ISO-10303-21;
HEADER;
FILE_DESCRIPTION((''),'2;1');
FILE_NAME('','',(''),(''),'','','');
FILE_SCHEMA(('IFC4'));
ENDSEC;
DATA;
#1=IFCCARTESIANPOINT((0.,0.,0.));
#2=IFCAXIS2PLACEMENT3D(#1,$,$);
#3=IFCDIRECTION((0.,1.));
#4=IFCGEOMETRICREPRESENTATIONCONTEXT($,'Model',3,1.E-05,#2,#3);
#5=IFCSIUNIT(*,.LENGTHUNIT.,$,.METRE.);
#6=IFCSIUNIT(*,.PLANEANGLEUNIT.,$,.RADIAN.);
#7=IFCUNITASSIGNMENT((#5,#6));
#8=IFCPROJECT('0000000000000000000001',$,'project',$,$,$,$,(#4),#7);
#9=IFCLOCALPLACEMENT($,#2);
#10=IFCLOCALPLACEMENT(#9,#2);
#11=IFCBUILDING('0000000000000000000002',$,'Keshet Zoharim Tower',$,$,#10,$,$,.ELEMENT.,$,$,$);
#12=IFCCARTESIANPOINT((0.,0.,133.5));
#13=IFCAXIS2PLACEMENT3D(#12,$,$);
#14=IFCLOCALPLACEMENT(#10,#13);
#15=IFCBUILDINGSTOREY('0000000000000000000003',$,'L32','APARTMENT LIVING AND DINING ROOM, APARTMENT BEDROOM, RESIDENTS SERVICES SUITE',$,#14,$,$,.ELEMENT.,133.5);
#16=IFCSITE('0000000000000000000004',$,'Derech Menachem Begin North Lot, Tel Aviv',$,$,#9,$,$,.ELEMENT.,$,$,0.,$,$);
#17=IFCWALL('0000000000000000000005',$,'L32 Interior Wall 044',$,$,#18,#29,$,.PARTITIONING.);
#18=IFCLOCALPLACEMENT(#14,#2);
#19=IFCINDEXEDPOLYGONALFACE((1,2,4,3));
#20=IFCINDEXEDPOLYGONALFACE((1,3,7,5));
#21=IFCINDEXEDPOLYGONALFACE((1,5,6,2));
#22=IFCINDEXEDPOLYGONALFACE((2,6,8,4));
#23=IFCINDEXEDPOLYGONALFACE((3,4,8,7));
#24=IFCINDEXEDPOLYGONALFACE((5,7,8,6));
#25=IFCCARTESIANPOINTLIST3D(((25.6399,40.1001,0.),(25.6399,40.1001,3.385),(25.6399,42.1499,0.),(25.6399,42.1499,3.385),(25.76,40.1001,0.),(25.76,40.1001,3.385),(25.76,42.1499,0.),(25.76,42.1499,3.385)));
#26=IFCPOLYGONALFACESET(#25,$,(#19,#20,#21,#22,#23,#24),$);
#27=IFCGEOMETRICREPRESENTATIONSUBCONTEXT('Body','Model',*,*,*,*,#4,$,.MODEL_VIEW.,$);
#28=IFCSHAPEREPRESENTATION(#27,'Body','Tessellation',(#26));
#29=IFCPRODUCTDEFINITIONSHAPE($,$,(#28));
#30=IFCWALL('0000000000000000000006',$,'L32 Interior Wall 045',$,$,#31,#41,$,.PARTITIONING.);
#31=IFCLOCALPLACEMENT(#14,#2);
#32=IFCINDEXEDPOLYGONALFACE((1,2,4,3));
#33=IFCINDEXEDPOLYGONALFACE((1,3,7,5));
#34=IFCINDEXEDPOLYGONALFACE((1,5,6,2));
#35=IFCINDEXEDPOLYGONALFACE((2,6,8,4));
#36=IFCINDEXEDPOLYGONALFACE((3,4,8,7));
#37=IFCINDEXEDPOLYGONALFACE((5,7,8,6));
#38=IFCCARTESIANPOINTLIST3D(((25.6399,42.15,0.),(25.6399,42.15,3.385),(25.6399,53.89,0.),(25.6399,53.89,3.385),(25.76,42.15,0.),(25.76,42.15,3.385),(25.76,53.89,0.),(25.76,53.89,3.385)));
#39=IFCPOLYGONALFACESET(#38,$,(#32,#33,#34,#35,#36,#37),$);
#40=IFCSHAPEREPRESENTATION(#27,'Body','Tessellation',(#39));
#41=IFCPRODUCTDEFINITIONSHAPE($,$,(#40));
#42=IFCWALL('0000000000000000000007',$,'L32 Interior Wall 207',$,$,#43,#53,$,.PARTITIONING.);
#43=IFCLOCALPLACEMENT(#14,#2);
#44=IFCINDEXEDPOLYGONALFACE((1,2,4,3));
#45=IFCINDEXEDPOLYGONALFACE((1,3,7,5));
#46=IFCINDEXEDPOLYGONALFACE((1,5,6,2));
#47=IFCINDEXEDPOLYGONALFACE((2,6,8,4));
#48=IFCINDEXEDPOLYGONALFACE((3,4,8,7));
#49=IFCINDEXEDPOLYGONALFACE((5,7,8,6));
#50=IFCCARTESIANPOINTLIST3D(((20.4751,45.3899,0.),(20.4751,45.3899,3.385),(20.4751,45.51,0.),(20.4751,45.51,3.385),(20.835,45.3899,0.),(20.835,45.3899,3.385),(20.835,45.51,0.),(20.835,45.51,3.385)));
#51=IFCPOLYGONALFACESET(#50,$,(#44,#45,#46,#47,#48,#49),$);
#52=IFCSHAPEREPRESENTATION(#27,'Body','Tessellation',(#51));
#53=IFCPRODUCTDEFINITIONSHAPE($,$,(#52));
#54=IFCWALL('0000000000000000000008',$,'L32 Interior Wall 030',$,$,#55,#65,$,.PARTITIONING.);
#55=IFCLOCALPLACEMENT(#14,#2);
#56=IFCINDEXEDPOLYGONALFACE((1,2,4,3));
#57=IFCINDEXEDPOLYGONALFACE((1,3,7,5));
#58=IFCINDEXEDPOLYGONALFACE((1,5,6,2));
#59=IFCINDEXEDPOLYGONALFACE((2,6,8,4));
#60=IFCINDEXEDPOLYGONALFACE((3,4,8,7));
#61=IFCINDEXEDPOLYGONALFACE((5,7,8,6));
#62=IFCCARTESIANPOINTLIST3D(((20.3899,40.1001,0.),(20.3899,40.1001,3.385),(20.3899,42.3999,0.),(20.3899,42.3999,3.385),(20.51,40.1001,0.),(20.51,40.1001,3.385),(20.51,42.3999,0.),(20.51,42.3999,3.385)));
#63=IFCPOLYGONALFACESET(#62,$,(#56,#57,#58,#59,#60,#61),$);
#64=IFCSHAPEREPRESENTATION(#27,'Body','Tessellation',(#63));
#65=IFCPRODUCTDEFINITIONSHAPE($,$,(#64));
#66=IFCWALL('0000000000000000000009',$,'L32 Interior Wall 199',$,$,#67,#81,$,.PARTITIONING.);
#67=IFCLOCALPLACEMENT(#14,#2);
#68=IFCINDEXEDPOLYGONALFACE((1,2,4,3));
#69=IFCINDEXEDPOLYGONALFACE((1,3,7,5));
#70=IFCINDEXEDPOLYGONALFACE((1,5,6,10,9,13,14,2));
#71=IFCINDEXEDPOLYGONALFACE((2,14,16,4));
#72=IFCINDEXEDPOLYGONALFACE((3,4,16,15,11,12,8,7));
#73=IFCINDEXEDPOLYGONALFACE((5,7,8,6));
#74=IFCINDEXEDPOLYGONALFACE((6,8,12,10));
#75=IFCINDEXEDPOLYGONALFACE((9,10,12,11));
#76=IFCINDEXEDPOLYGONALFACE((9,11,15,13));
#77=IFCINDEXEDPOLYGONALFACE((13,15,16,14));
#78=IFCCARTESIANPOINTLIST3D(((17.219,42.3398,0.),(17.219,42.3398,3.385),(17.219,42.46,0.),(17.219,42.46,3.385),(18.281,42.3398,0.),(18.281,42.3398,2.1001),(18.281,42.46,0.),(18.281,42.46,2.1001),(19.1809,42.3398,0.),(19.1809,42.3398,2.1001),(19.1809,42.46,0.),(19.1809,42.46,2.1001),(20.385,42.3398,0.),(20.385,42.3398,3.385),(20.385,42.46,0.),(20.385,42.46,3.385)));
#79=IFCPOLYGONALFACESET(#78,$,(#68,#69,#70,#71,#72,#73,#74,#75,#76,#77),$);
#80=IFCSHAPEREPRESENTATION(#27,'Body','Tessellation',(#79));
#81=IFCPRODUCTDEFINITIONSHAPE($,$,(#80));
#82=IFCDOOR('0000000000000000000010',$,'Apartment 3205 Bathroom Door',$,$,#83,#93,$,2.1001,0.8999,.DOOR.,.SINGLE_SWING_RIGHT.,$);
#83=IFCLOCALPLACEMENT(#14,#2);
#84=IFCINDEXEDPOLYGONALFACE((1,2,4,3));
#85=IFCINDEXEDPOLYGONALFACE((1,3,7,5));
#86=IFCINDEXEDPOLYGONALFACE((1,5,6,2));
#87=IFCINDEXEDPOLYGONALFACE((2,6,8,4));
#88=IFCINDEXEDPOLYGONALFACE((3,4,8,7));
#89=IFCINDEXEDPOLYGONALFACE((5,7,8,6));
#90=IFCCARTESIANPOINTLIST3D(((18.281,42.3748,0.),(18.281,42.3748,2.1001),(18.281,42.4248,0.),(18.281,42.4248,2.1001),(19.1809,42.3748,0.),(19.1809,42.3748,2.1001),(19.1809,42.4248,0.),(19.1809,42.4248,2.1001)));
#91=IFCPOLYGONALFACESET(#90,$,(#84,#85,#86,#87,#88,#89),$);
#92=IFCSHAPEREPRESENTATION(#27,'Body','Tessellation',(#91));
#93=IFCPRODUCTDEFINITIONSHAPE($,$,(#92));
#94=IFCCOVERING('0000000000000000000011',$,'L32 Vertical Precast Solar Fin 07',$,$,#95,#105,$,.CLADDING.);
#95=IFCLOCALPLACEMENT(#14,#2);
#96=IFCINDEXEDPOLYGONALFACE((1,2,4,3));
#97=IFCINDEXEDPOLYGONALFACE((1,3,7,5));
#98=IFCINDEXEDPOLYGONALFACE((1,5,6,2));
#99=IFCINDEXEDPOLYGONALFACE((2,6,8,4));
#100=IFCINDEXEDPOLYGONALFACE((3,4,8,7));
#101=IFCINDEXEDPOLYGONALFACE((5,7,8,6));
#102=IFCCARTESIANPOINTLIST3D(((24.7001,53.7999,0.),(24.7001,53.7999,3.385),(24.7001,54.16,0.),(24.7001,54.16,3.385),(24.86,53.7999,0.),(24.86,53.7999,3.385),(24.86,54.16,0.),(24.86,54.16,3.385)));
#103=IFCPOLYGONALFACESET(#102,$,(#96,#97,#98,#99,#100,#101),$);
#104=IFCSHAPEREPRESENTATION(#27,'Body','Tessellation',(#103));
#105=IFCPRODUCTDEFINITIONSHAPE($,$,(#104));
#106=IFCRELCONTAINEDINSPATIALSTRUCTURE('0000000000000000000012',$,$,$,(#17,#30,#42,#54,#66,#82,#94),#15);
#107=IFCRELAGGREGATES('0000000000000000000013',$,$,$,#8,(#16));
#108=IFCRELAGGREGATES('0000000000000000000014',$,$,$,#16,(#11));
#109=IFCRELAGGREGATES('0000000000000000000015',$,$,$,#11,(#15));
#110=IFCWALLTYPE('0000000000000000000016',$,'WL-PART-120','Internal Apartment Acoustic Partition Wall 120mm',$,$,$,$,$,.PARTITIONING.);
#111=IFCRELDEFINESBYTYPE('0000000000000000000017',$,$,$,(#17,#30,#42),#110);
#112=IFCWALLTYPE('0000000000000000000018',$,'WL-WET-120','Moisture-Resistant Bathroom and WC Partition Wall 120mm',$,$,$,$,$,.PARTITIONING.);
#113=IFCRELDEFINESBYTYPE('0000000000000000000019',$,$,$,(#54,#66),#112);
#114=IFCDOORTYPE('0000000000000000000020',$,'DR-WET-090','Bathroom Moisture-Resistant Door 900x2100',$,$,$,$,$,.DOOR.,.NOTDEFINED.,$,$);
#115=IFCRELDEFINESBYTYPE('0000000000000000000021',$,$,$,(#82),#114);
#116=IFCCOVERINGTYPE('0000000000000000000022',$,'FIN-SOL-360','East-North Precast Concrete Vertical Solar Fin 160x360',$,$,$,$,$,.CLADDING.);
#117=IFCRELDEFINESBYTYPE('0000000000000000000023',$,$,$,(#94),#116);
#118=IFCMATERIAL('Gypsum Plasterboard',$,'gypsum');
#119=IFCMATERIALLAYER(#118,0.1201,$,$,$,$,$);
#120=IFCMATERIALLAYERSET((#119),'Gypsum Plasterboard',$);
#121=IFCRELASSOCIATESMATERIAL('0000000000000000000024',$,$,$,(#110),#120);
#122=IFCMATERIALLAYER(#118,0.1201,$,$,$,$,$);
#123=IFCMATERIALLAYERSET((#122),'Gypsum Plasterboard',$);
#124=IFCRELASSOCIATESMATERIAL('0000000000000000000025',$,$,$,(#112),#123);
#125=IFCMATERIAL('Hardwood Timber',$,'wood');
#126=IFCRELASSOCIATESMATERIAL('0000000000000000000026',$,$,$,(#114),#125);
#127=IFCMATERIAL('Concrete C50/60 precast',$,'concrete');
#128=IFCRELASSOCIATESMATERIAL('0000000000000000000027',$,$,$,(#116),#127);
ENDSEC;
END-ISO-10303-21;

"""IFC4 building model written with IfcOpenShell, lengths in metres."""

from ifc_helpers import new_model, si_unit, direction, frame, frame_2d, origin, origin_2d, place, context, subcontext, project, spatial, rectangle, extrude, material, layer, layer_set, type_object, element, fill, save


model = new_model("IFC4")

# Units and contexts
model_context = context("Model", 3, precision=1e-05, world=origin(), true_north=direction((0.0, 1.0)))
body_context = subcontext(model_context, "Body", "Model", "MODEL_VIEW")
ifc_project = project(units=[si_unit("LENGTHUNIT", "METRE"), si_unit("PLANEANGLEUNIT", "RADIAN")], contexts=[model_context])

# Site, building, storey
site_placement = place(None, origin())
site = spatial("IfcSite", under=ifc_project, at=site_placement, Name="Derech Menachem Begin North Lot, Tel Aviv", CompositionType="ELEMENT", RefElevation=0.0)
building_placement = place(site_placement, origin())
building = spatial("IfcBuilding", under=site, at=building_placement, Name="Keshet Zoharim Tower", CompositionType="ELEMENT")
storey_placement = place(building_placement, frame((0.0, 0.0, 133.5)))
storey = spatial("IfcBuildingStorey", under=building, at=storey_placement, Name="L32", Description="APARTMENT LIVING AND DINING ROOM, APARTMENT BEDROOM, RESIDENTS SERVICES SUITE", CompositionType="ELEMENT", Elevation=133.5)

# Shared definitions
ifc_material_1 = material(Name="Gypsum Plasterboard", Category="gypsum")

# Shared definitions
ifc_material_2 = material(Name="Hardwood Timber", Category="wood")

# Walls
ifc_layer_1 = layer(ifc_material_1, 0.1201)
ifc_layer_set_1 = layer_set([ifc_layer_1], Name="Gypsum Plasterboard")
wall_type_1 = type_object("IfcWallType", Name="WL-PART-120", Description="Internal Apartment Acoustic Partition Wall 120mm", PredefinedType="PARTITIONING", material=ifc_layer_set_1)
wall_1_placement = place(storey_placement, frame((25.7, 40.1001, 0.0), z_axis=(0.0, 0.0, 1.0), x_axis=(0.0, 1.0, 0.0)))
element("IfcWall", 1, at=wall_1_placement, inside=storey, type_object=wall_type_1, Name="L32 Interior Wall 044", PredefinedType="PARTITIONING", context=body_context, shape_type="SweptSolid", body=[
    extrude(rectangle(XDim=2.0498, YDim=0.1201, at=frame_2d((1.0249, 0.0))), origin(), (0.0, 0.0, 1.0), 3.385),
])
wall_2_placement = place(storey_placement, frame((25.7, 42.1499, 0.0), z_axis=(0.0, 0.0, 1.0), x_axis=(0.0, 1.0, 0.0)))
element("IfcWall", 2, at=wall_2_placement, inside=storey, type_object=wall_type_1, Name="L32 Interior Wall 045", PredefinedType="PARTITIONING", context=body_context, shape_type="SweptSolid", body=[
    extrude(rectangle(XDim=11.74, YDim=0.1201, at=frame_2d((5.8701, 0.0))), origin(), (0.0, 0.0, 1.0), 3.385),
])

# Walls
wall_3_placement = place(storey_placement, frame((20.4751, 45.45, 0.0), z_axis=(0.0, 0.0, 1.0), x_axis=(1.0, 0.0, 0.0)))
element("IfcWall", 3, at=wall_3_placement, inside=storey, type_object=wall_type_1, Name="L32 Interior Wall 207", PredefinedType="PARTITIONING", context=body_context, shape_type="SweptSolid", body=[
    extrude(rectangle(XDim=0.3599, YDim=0.1201, at=frame_2d((0.1799, 0.0))), origin(), (0.0, 0.0, 1.0), 3.385),
])
ifc_layer_2 = layer(ifc_material_1, 0.1201)
ifc_layer_set_2 = layer_set([ifc_layer_2], Name="Gypsum Plasterboard")
wall_type_2 = type_object("IfcWallType", Name="WL-WET-120", Description="Moisture-Resistant Bathroom and WC Partition Wall 120mm", PredefinedType="PARTITIONING", material=ifc_layer_set_2)
wall_4_placement = place(storey_placement, frame((20.45, 40.1001, 0.0), z_axis=(0.0, 0.0, 1.0), x_axis=(0.0, 1.0, 0.0)))
element("IfcWall", 4, at=wall_4_placement, inside=storey, type_object=wall_type_2, Name="L32 Interior Wall 030", PredefinedType="PARTITIONING", context=body_context, shape_type="SweptSolid", body=[
    extrude(rectangle(XDim=2.2998, YDim=0.1201, at=frame_2d((1.1499, 0.0))), origin(), (0.0, 0.0, 1.0), 3.385),
])

# Wall, opening, door
wall_5_placement = place(storey_placement, frame((17.219, 42.3999, 0.0), z_axis=(0.0, 0.0, 1.0), x_axis=(1.0, 0.0, 0.0)))
wall_5 = element("IfcWall", 5, at=wall_5_placement, inside=storey, type_object=wall_type_2, Name="L32 Interior Wall 199", PredefinedType="PARTITIONING", context=body_context, shape_type="SweptSolid", body=[
    extrude(rectangle(XDim=3.166, YDim=0.1201, at=frame_2d((1.583, 0.0))), origin(), (0.0, 0.0, 1.0), 3.385),
])
opening_1_placement = place(wall_5_placement, frame((1.062, 0.0, 0.0)))
opening_1 = element("IfcOpeningElement", 6, at=opening_1_placement, cuts=wall_5, PredefinedType="OPENING", context=body_context, shape_type="SweptSolid", body=[
    extrude(rectangle(XDim=0.8999, YDim=2.1001, at=frame_2d((0.45, 1.05))), frame((0.0, 0.0701, 0.0), z_axis=(0.0, -1.0, 0.0), x_axis=(1.0, 0.0, 0.0)), (0.0, 0.0, 1.0), 0.1401),
])
door_type_1 = type_object("IfcDoorType", Name="DR-WET-090", Description="Bathroom Moisture-Resistant Door 900x2100", OperationType="NOTDEFINED", PredefinedType="DOOR", material=ifc_material_2)
door_1_placement = place(opening_1_placement, origin())
door_1 = element("IfcDoor", 7, at=door_1_placement, inside=storey, type_object=door_type_1, Name="Apartment 3205 Bathroom Door", OperationType="SINGLE_SWING_RIGHT", OverallHeight=2.1001, OverallWidth=0.8999, PredefinedType="DOOR", context=body_context, shape_type="SweptSolid", body=[
    extrude(rectangle(XDim=0.8999, YDim=2.1001, at=frame_2d((0.45, 1.05))), frame((0.0, 0.0249, 0.0), z_axis=(0.0, -1.0, 0.0), x_axis=(1.0, 0.0, 0.0)), (0.0, 0.0, 1.0), 0.05),
])
fill(opening_1, door_1)

# Covering
ifc_material_3 = material(Name="Concrete C50/60 precast", Category="concrete")
covering_type = type_object("IfcCoveringType", Name="FIN-SOL-360", Description="East-North Precast Concrete Vertical Solar Fin 160x360", PredefinedType="CLADDING", material=ifc_material_3)
covering_placement = place(storey_placement, frame((24.78, 53.98, 0.0), z_axis=(0.0, 0.0, 1.0), x_axis=(1.0, 0.0, 0.0)))
element("IfcCovering", 8, at=covering_placement, inside=storey, type_object=covering_type, Name="L32 Vertical Precast Solar Fin 07", PredefinedType="CLADDING", context=body_context, shape_type="SweptSolid", body=[
    extrude(rectangle(XDim=0.1599, YDim=0.3601, at=origin_2d()), origin(), (0.0, 0.0, 1.0), 3.385),
])

save(model, "model.ifc")
